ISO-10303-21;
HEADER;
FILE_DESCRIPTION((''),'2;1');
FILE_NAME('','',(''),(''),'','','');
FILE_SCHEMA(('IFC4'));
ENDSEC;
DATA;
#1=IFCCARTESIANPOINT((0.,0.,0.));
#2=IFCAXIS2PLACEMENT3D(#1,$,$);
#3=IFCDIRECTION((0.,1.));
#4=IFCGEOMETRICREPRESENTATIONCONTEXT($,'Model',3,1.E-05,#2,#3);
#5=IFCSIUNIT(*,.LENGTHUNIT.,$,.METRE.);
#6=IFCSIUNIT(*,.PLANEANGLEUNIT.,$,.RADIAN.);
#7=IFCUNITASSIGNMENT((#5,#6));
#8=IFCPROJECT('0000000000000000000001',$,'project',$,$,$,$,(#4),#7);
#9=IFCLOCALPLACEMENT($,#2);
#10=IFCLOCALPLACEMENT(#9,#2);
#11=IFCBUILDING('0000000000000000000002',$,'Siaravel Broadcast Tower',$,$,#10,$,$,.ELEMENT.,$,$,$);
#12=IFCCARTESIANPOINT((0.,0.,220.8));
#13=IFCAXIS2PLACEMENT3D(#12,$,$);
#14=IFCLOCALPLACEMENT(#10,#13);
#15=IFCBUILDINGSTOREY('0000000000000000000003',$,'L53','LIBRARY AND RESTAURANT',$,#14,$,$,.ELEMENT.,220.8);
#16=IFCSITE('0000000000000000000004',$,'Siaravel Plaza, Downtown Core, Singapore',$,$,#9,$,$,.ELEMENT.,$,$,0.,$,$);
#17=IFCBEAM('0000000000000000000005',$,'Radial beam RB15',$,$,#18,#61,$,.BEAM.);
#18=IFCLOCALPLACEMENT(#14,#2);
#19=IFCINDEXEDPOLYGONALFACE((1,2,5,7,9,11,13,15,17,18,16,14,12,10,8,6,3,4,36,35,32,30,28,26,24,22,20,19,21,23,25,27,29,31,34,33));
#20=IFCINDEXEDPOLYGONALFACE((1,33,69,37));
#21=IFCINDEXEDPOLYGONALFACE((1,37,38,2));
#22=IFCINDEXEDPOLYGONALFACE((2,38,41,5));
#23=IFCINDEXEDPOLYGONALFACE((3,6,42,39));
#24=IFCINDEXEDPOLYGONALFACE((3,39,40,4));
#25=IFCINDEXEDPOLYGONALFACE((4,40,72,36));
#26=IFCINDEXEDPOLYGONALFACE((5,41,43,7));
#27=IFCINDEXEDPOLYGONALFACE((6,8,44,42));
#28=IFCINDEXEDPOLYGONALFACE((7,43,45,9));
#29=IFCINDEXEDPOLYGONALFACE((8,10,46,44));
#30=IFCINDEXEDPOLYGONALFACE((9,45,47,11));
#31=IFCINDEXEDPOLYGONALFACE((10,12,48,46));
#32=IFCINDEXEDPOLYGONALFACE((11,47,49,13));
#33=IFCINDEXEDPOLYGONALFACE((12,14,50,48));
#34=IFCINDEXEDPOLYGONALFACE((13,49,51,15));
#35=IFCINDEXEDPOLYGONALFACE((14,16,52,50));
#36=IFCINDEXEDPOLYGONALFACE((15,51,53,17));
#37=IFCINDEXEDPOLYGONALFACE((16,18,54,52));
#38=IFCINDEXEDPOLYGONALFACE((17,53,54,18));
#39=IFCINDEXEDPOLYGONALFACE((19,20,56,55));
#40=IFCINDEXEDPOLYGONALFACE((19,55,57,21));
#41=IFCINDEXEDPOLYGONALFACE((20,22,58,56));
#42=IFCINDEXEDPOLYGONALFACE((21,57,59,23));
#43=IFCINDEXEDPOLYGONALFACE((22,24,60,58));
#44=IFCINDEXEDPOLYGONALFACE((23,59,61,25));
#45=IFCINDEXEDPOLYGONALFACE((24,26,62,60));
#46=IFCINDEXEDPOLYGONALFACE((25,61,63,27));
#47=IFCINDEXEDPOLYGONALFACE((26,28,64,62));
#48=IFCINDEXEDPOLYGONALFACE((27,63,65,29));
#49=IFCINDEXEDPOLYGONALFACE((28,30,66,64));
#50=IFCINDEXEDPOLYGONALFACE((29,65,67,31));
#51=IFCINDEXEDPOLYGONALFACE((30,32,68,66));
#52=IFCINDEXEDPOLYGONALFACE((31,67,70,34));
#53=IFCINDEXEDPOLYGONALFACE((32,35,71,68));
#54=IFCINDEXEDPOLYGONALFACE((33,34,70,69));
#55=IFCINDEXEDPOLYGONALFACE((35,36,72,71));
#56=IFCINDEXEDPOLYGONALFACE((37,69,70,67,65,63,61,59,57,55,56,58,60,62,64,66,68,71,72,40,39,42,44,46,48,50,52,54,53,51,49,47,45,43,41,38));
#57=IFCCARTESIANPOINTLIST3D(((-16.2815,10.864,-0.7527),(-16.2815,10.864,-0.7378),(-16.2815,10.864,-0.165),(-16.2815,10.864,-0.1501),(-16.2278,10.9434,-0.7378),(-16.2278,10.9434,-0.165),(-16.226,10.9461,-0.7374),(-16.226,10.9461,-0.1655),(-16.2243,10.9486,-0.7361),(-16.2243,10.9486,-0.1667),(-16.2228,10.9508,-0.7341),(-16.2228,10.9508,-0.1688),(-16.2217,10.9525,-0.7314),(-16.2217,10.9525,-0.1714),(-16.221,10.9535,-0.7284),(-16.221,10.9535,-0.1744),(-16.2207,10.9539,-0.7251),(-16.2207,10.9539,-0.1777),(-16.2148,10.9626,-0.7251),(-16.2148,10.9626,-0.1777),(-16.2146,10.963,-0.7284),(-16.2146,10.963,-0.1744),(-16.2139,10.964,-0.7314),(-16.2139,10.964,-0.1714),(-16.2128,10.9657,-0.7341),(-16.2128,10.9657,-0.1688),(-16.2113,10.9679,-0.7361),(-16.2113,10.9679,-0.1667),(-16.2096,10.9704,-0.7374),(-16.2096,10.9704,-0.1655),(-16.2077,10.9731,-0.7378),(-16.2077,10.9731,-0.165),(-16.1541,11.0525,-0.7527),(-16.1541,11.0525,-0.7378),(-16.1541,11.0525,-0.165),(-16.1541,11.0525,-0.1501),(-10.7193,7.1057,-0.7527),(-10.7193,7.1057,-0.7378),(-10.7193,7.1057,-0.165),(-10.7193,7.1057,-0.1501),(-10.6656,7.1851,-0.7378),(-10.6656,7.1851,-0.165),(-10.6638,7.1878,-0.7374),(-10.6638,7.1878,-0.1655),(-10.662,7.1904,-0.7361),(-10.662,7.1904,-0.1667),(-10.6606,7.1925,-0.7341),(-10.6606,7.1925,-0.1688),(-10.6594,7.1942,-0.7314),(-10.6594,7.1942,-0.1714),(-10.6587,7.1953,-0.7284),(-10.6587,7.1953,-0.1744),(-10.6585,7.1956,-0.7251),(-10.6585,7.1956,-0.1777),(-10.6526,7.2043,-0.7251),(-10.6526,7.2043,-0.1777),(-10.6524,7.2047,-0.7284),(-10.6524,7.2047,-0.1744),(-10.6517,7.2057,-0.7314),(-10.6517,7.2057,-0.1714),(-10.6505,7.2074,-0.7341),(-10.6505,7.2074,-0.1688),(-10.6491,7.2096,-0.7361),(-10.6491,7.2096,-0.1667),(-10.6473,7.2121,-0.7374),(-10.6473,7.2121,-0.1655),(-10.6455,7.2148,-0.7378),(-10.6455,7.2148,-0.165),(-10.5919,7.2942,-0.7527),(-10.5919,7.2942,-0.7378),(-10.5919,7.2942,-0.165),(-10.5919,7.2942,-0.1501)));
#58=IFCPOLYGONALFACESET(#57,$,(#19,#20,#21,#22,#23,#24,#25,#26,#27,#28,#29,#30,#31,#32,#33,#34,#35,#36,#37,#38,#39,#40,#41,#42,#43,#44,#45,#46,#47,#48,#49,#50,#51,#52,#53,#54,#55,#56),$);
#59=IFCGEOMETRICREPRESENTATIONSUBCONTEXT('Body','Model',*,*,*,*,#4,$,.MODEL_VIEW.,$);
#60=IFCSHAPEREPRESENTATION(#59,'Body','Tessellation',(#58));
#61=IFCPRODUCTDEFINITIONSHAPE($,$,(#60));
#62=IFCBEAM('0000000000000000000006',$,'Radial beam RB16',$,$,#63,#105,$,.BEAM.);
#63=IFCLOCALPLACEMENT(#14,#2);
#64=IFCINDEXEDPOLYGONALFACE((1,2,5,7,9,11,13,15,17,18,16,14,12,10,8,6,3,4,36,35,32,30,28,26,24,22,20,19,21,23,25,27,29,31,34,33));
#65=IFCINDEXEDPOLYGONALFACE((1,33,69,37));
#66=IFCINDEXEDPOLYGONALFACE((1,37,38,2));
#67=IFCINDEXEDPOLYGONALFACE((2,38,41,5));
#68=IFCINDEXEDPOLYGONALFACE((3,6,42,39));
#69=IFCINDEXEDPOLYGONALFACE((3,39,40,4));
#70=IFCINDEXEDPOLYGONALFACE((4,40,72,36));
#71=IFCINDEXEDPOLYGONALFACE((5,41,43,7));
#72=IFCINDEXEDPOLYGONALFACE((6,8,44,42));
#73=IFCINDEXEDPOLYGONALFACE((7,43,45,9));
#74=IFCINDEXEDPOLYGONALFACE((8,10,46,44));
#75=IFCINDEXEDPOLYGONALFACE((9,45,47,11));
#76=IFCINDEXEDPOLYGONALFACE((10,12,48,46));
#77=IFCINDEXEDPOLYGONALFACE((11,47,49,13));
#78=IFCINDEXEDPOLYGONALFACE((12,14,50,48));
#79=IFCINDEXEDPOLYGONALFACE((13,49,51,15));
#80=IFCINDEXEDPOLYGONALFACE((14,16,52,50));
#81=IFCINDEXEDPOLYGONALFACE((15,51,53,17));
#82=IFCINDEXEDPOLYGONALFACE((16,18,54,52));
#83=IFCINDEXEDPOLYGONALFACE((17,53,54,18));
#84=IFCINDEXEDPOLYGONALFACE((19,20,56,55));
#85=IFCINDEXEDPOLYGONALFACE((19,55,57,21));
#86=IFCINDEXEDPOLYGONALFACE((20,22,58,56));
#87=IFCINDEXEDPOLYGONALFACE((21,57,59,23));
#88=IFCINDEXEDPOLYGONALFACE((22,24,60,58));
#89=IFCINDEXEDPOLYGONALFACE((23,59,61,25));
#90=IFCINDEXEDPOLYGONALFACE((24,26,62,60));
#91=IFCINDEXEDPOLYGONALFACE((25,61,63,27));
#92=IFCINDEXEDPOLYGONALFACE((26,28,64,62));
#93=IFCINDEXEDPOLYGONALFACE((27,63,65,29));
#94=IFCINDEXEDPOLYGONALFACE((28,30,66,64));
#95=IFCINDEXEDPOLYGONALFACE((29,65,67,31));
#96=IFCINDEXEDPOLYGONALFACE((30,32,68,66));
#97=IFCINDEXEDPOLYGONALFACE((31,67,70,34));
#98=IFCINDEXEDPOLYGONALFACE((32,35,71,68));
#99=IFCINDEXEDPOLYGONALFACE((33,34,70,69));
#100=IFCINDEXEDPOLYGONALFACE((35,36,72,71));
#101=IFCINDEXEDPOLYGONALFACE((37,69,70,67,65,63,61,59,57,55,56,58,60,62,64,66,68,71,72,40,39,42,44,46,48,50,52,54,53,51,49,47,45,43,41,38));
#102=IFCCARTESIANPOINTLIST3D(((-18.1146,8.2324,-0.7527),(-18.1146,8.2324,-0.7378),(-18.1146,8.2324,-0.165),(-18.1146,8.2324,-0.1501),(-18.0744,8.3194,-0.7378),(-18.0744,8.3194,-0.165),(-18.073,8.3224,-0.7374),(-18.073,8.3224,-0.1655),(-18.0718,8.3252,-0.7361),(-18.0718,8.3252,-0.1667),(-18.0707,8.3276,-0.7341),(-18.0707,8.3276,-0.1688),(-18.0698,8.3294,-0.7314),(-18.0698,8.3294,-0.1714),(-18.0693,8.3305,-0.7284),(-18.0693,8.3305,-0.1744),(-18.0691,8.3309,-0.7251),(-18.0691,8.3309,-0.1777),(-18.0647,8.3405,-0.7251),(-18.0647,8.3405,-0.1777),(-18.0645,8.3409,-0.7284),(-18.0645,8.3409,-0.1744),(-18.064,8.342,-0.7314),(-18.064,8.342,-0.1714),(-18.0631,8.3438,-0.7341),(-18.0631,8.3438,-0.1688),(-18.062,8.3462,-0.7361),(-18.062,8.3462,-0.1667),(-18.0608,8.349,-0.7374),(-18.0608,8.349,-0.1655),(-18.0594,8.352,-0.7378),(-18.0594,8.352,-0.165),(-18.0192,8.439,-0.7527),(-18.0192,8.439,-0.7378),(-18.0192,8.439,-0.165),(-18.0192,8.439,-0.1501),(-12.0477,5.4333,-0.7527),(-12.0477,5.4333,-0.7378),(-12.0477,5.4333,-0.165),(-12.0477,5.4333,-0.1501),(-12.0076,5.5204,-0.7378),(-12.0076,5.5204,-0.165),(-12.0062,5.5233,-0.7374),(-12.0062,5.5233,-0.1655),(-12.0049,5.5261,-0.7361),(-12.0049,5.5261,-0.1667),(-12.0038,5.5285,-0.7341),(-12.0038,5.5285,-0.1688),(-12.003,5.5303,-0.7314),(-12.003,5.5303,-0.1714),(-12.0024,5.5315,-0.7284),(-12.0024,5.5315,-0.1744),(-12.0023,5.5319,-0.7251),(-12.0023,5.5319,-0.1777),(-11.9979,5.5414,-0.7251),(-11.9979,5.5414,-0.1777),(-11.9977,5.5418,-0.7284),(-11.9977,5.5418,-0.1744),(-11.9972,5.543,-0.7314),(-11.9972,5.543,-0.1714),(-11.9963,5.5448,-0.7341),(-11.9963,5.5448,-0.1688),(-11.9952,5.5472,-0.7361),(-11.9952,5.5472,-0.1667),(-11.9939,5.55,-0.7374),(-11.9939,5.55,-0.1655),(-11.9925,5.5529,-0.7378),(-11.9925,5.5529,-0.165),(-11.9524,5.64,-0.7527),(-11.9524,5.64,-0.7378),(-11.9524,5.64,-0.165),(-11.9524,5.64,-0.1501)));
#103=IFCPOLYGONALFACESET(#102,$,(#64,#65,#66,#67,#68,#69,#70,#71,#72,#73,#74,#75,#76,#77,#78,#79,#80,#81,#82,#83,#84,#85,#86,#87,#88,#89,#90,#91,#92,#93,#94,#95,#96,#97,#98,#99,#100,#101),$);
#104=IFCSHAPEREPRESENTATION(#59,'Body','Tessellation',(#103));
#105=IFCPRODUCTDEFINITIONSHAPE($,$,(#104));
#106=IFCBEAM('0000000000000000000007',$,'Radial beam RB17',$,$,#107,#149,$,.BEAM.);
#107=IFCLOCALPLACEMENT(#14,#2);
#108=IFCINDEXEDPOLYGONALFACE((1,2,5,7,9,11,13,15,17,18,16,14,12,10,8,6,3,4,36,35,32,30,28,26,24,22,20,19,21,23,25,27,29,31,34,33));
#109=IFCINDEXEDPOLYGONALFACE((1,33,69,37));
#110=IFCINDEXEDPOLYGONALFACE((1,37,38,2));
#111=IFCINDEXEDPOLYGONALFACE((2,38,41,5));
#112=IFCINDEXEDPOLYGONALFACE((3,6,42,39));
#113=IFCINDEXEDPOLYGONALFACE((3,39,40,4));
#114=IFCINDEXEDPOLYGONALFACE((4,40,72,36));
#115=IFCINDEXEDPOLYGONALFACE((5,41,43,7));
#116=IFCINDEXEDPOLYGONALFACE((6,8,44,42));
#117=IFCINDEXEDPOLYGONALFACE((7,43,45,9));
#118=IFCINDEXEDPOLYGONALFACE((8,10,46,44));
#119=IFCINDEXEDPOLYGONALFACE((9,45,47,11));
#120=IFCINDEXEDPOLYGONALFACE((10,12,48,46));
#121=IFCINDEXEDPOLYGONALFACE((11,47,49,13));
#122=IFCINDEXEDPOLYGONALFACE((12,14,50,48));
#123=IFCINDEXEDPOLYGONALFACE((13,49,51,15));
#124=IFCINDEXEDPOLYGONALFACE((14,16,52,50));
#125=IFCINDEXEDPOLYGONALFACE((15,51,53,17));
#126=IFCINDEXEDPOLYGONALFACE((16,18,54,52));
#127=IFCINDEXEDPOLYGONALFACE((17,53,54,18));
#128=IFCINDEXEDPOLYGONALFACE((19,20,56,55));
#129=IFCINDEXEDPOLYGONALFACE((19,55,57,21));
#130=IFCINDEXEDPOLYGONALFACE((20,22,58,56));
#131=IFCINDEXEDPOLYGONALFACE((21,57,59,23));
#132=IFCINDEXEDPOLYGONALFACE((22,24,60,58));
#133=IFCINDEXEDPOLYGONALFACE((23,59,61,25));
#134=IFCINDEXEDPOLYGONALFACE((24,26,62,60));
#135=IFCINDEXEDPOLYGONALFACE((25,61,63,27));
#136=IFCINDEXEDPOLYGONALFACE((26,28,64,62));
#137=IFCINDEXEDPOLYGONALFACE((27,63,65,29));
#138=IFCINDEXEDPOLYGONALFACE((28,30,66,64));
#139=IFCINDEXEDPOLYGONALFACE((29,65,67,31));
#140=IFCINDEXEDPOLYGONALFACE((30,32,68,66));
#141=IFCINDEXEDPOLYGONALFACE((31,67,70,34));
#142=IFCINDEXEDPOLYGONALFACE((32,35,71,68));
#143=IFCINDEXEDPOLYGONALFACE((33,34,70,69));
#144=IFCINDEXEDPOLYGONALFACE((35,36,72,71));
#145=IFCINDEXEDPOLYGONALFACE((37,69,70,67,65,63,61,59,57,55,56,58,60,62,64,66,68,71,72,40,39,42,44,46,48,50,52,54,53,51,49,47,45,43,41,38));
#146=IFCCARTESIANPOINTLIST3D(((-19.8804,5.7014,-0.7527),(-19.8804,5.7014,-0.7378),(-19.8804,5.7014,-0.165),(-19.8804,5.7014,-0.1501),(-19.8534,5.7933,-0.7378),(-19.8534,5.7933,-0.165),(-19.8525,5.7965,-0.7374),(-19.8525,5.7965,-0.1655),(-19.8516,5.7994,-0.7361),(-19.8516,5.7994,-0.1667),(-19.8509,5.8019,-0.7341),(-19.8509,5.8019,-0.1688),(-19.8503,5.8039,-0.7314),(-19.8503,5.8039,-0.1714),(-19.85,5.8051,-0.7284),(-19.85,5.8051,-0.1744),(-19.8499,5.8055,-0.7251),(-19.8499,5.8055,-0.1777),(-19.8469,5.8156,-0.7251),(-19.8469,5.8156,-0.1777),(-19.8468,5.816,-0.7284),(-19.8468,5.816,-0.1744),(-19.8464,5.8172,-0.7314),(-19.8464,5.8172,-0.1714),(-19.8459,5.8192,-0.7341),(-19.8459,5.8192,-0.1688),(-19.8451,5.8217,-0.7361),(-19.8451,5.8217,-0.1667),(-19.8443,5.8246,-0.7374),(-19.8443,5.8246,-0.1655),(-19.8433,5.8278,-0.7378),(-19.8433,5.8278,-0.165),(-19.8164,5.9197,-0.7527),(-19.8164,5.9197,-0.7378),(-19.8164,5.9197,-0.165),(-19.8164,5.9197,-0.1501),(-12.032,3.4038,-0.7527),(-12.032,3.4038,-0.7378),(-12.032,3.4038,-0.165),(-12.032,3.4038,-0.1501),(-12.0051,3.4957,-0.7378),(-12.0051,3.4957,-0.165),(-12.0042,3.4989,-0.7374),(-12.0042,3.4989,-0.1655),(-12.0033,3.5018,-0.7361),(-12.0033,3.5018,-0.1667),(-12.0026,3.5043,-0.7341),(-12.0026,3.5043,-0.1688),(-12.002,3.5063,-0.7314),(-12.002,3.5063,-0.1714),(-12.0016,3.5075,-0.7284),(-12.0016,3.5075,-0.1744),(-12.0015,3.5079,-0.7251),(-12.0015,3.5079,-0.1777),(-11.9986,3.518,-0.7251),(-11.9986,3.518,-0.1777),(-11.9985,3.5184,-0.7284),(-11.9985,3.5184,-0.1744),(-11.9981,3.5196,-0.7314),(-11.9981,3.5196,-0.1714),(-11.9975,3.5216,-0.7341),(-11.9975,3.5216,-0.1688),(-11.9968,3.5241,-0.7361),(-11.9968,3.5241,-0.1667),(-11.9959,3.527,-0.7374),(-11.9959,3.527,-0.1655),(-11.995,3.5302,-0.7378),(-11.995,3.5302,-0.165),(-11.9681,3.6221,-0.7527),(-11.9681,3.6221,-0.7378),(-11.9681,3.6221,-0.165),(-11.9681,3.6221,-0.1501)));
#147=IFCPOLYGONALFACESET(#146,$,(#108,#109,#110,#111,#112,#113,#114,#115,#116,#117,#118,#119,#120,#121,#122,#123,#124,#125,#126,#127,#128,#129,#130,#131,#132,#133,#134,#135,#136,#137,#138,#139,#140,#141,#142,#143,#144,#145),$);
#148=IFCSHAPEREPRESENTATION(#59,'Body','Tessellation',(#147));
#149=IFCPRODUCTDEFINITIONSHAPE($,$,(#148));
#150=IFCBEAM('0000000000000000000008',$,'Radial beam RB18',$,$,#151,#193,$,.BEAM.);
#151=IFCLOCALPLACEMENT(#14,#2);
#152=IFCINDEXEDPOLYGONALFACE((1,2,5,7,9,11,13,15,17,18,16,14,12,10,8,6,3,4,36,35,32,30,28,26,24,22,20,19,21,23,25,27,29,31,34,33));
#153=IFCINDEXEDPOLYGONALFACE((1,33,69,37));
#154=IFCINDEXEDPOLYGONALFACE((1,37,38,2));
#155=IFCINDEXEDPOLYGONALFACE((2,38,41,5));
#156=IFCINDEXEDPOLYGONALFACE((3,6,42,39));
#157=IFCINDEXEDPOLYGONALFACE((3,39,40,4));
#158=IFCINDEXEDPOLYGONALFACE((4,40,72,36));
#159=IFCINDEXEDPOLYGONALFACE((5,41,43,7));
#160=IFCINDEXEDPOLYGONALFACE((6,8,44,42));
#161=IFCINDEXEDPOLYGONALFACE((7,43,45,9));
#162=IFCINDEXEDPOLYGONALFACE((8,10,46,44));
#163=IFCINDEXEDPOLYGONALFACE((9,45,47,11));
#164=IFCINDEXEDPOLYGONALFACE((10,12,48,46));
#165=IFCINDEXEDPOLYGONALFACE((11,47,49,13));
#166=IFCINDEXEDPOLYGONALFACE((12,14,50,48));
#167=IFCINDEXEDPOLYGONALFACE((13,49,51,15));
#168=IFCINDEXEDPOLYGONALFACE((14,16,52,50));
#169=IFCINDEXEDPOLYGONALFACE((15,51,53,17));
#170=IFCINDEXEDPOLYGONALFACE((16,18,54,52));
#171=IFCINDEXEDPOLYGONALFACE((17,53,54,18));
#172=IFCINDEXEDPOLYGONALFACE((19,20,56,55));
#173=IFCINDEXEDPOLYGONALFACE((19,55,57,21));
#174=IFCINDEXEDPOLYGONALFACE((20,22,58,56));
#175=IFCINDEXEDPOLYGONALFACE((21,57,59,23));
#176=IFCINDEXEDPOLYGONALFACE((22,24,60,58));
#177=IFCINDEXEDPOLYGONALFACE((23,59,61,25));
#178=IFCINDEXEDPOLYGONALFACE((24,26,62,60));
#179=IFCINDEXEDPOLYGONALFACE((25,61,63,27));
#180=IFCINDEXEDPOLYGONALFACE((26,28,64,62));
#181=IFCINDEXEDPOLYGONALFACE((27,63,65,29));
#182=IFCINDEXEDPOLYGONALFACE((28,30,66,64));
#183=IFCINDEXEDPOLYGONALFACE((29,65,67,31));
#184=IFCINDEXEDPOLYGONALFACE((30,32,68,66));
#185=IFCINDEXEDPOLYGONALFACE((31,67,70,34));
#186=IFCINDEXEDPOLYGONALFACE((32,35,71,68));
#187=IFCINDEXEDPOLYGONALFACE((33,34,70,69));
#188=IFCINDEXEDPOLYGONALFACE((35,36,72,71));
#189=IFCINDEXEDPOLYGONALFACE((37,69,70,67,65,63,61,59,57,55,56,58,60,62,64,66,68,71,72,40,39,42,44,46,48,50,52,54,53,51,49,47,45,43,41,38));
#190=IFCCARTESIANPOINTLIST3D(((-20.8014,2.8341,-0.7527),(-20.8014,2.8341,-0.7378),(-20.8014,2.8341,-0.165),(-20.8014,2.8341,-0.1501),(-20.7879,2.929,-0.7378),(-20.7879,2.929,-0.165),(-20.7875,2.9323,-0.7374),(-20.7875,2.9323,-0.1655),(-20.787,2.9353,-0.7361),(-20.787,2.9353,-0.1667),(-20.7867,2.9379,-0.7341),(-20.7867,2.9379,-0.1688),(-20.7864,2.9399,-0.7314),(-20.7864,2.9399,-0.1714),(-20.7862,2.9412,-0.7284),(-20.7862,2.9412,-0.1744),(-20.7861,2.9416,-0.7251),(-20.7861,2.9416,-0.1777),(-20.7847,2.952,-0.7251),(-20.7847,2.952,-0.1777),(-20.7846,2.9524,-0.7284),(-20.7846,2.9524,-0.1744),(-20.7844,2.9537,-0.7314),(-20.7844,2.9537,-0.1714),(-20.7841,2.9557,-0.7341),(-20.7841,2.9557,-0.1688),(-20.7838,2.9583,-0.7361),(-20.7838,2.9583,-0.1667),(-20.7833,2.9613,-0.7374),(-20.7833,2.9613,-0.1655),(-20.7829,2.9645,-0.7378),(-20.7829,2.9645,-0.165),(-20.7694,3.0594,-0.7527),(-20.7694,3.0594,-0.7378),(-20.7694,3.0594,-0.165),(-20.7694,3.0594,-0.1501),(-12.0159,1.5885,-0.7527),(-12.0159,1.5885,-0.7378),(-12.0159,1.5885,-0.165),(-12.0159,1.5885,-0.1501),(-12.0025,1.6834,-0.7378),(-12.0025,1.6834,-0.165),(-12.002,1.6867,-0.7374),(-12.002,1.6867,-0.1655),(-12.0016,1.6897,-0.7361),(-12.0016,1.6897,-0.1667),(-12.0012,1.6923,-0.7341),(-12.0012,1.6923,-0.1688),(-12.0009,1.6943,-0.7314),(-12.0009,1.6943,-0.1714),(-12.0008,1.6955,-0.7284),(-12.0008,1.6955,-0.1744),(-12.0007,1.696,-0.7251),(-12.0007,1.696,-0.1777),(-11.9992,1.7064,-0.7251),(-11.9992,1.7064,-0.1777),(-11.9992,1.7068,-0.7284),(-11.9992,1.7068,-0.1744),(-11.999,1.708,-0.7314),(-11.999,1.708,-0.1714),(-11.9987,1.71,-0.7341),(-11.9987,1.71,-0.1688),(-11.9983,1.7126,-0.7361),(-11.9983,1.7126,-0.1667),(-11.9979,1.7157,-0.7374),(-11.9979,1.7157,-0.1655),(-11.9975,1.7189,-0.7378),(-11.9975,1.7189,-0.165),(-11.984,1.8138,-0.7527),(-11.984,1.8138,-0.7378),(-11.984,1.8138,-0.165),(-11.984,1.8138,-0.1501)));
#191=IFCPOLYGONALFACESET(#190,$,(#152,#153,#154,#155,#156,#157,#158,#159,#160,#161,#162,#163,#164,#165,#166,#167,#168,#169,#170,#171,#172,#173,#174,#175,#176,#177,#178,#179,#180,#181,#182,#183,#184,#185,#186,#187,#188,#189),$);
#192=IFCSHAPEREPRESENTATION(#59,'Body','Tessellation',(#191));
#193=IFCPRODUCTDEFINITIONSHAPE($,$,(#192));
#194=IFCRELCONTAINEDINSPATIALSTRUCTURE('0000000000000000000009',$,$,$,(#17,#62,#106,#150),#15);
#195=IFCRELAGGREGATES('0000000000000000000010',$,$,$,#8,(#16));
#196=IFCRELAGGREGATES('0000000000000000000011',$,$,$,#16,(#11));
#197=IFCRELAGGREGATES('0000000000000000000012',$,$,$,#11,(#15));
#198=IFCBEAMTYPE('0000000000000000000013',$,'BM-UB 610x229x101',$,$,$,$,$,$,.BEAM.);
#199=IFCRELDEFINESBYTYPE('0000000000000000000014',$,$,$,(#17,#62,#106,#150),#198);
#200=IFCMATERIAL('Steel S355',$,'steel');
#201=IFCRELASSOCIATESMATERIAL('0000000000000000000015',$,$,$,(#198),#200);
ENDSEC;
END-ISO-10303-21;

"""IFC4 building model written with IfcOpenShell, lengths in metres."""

from ifc_helpers import new_model, si_unit, direction, frame, origin, origin_2d, place, context, subcontext, project, spatial, i_section, extrude, material, material_profile, profile_set, type_object, element, save


model = new_model("IFC4")

# Units and contexts
model_context = context("Model", 3, precision=1e-05, world=origin(), true_north=direction((0.0, 1.0)))
body_context = subcontext(model_context, "Body", "Model", "MODEL_VIEW")
ifc_project = project(units=[si_unit("LENGTHUNIT", "METRE"), si_unit("PLANEANGLEUNIT", "RADIAN")], contexts=[model_context])

# Site, building, storey
site_placement = place(None, origin())
site = spatial("IfcSite", under=ifc_project, at=site_placement, Name="Siaravel Plaza, Downtown Core, Singapore", CompositionType="ELEMENT", RefElevation=0.0)
building_placement = place(site_placement, origin())
building = spatial("IfcBuilding", under=site, at=building_placement, Name="Siaravel Broadcast Tower", CompositionType="ELEMENT")
storey_placement = place(building_placement, frame((0.0, 0.0, 220.8)))
storey = spatial("IfcBuildingStorey", under=building, at=storey_placement, Name="L53", Description="LIBRARY AND RESTAURANT", CompositionType="ELEMENT", Elevation=220.8)

# Beams
ifc_material_1 = material(Name="Steel S355", Category="steel")
ifc_material_profile_1 = material_profile(ifc_material_1, i_section(OverallWidth=0.2275, OverallDepth=0.6025, WebThickness=0.0105, FlangeThickness=0.0149, FilletRadius=0.0127, at=origin_2d()))
ifc_profile_set_1 = profile_set([ifc_material_profile_1], Name="Steel S355")
beam_type = type_object("IfcBeamType", Name="BM-UB 610x229x101", PredefinedType="BEAM", material=ifc_profile_set_1)
beam_1_placement = place(storey_placement, frame((-16.2178, 10.9583, -0.4514), z_axis=(0.828588, -0.559859, 0.0), x_axis=(0.559859, 0.828588, 0.0)))
element("IfcBeam", 1, at=beam_1_placement, inside=storey, type_object=beam_type, Name="Radial beam RB15", PredefinedType="BEAM", context=body_context, shape_type="SweptSolid", body=[
    extrude(i_section(OverallWidth=0.2275, OverallDepth=0.6025, WebThickness=0.0105, FlangeThickness=0.0149, FilletRadius=0.0127, at=origin_2d()), origin(), (0.0, 0.0, 1.0), 6.7129),
])
beam_2_placement = place(storey_placement, frame((-18.0669, 8.3357, -0.4514), z_axis=(0.908018, -0.418931, 0.0), x_axis=(0.418931, 0.908018, 0.0)))
element("IfcBeam", 2, at=beam_2_placement, inside=storey, type_object=beam_type, Name="Radial beam RB16", PredefinedType="BEAM", context=body_context, shape_type="SweptSolid", body=[
    extrude(i_section(OverallWidth=0.2275, OverallDepth=0.6025, WebThickness=0.0105, FlangeThickness=0.0149, FilletRadius=0.0127, at=origin_2d()), origin(), (0.0, 0.0, 1.0), 6.6814),
])
beam_3_placement = place(storey_placement, frame((-19.8484, 5.8105, -0.4514), z_axis=(0.95972, -0.280957, 0.0), x_axis=(0.280957, 0.95972, 0.0)))
element("IfcBeam", 3, at=beam_3_placement, inside=storey, type_object=beam_type, Name="Radial beam RB17", PredefinedType="BEAM", context=body_context, shape_type="SweptSolid", body=[
    extrude(i_section(OverallWidth=0.2275, OverallDepth=0.6025, WebThickness=0.0105, FlangeThickness=0.0149, FilletRadius=0.0127, at=origin_2d()), origin(), (0.0, 0.0, 1.0), 8.1777),
])
beam_4_placement = place(storey_placement, frame((-20.7854, 2.9468, -0.4514), z_axis=(0.990098, -0.140377, 0.0), x_axis=(0.140377, 0.990098, 0.0)))
element("IfcBeam", 4, at=beam_4_placement, inside=storey, type_object=beam_type, Name="Radial beam RB18", PredefinedType="BEAM", context=body_context, shape_type="SweptSolid", body=[
    extrude(i_section(OverallWidth=0.2275, OverallDepth=0.6025, WebThickness=0.0105, FlangeThickness=0.0149, FilletRadius=0.0127, at=origin_2d()), origin(), (0.0, 0.0, 1.0), 8.8733),
])

save(model, "model.ifc")
